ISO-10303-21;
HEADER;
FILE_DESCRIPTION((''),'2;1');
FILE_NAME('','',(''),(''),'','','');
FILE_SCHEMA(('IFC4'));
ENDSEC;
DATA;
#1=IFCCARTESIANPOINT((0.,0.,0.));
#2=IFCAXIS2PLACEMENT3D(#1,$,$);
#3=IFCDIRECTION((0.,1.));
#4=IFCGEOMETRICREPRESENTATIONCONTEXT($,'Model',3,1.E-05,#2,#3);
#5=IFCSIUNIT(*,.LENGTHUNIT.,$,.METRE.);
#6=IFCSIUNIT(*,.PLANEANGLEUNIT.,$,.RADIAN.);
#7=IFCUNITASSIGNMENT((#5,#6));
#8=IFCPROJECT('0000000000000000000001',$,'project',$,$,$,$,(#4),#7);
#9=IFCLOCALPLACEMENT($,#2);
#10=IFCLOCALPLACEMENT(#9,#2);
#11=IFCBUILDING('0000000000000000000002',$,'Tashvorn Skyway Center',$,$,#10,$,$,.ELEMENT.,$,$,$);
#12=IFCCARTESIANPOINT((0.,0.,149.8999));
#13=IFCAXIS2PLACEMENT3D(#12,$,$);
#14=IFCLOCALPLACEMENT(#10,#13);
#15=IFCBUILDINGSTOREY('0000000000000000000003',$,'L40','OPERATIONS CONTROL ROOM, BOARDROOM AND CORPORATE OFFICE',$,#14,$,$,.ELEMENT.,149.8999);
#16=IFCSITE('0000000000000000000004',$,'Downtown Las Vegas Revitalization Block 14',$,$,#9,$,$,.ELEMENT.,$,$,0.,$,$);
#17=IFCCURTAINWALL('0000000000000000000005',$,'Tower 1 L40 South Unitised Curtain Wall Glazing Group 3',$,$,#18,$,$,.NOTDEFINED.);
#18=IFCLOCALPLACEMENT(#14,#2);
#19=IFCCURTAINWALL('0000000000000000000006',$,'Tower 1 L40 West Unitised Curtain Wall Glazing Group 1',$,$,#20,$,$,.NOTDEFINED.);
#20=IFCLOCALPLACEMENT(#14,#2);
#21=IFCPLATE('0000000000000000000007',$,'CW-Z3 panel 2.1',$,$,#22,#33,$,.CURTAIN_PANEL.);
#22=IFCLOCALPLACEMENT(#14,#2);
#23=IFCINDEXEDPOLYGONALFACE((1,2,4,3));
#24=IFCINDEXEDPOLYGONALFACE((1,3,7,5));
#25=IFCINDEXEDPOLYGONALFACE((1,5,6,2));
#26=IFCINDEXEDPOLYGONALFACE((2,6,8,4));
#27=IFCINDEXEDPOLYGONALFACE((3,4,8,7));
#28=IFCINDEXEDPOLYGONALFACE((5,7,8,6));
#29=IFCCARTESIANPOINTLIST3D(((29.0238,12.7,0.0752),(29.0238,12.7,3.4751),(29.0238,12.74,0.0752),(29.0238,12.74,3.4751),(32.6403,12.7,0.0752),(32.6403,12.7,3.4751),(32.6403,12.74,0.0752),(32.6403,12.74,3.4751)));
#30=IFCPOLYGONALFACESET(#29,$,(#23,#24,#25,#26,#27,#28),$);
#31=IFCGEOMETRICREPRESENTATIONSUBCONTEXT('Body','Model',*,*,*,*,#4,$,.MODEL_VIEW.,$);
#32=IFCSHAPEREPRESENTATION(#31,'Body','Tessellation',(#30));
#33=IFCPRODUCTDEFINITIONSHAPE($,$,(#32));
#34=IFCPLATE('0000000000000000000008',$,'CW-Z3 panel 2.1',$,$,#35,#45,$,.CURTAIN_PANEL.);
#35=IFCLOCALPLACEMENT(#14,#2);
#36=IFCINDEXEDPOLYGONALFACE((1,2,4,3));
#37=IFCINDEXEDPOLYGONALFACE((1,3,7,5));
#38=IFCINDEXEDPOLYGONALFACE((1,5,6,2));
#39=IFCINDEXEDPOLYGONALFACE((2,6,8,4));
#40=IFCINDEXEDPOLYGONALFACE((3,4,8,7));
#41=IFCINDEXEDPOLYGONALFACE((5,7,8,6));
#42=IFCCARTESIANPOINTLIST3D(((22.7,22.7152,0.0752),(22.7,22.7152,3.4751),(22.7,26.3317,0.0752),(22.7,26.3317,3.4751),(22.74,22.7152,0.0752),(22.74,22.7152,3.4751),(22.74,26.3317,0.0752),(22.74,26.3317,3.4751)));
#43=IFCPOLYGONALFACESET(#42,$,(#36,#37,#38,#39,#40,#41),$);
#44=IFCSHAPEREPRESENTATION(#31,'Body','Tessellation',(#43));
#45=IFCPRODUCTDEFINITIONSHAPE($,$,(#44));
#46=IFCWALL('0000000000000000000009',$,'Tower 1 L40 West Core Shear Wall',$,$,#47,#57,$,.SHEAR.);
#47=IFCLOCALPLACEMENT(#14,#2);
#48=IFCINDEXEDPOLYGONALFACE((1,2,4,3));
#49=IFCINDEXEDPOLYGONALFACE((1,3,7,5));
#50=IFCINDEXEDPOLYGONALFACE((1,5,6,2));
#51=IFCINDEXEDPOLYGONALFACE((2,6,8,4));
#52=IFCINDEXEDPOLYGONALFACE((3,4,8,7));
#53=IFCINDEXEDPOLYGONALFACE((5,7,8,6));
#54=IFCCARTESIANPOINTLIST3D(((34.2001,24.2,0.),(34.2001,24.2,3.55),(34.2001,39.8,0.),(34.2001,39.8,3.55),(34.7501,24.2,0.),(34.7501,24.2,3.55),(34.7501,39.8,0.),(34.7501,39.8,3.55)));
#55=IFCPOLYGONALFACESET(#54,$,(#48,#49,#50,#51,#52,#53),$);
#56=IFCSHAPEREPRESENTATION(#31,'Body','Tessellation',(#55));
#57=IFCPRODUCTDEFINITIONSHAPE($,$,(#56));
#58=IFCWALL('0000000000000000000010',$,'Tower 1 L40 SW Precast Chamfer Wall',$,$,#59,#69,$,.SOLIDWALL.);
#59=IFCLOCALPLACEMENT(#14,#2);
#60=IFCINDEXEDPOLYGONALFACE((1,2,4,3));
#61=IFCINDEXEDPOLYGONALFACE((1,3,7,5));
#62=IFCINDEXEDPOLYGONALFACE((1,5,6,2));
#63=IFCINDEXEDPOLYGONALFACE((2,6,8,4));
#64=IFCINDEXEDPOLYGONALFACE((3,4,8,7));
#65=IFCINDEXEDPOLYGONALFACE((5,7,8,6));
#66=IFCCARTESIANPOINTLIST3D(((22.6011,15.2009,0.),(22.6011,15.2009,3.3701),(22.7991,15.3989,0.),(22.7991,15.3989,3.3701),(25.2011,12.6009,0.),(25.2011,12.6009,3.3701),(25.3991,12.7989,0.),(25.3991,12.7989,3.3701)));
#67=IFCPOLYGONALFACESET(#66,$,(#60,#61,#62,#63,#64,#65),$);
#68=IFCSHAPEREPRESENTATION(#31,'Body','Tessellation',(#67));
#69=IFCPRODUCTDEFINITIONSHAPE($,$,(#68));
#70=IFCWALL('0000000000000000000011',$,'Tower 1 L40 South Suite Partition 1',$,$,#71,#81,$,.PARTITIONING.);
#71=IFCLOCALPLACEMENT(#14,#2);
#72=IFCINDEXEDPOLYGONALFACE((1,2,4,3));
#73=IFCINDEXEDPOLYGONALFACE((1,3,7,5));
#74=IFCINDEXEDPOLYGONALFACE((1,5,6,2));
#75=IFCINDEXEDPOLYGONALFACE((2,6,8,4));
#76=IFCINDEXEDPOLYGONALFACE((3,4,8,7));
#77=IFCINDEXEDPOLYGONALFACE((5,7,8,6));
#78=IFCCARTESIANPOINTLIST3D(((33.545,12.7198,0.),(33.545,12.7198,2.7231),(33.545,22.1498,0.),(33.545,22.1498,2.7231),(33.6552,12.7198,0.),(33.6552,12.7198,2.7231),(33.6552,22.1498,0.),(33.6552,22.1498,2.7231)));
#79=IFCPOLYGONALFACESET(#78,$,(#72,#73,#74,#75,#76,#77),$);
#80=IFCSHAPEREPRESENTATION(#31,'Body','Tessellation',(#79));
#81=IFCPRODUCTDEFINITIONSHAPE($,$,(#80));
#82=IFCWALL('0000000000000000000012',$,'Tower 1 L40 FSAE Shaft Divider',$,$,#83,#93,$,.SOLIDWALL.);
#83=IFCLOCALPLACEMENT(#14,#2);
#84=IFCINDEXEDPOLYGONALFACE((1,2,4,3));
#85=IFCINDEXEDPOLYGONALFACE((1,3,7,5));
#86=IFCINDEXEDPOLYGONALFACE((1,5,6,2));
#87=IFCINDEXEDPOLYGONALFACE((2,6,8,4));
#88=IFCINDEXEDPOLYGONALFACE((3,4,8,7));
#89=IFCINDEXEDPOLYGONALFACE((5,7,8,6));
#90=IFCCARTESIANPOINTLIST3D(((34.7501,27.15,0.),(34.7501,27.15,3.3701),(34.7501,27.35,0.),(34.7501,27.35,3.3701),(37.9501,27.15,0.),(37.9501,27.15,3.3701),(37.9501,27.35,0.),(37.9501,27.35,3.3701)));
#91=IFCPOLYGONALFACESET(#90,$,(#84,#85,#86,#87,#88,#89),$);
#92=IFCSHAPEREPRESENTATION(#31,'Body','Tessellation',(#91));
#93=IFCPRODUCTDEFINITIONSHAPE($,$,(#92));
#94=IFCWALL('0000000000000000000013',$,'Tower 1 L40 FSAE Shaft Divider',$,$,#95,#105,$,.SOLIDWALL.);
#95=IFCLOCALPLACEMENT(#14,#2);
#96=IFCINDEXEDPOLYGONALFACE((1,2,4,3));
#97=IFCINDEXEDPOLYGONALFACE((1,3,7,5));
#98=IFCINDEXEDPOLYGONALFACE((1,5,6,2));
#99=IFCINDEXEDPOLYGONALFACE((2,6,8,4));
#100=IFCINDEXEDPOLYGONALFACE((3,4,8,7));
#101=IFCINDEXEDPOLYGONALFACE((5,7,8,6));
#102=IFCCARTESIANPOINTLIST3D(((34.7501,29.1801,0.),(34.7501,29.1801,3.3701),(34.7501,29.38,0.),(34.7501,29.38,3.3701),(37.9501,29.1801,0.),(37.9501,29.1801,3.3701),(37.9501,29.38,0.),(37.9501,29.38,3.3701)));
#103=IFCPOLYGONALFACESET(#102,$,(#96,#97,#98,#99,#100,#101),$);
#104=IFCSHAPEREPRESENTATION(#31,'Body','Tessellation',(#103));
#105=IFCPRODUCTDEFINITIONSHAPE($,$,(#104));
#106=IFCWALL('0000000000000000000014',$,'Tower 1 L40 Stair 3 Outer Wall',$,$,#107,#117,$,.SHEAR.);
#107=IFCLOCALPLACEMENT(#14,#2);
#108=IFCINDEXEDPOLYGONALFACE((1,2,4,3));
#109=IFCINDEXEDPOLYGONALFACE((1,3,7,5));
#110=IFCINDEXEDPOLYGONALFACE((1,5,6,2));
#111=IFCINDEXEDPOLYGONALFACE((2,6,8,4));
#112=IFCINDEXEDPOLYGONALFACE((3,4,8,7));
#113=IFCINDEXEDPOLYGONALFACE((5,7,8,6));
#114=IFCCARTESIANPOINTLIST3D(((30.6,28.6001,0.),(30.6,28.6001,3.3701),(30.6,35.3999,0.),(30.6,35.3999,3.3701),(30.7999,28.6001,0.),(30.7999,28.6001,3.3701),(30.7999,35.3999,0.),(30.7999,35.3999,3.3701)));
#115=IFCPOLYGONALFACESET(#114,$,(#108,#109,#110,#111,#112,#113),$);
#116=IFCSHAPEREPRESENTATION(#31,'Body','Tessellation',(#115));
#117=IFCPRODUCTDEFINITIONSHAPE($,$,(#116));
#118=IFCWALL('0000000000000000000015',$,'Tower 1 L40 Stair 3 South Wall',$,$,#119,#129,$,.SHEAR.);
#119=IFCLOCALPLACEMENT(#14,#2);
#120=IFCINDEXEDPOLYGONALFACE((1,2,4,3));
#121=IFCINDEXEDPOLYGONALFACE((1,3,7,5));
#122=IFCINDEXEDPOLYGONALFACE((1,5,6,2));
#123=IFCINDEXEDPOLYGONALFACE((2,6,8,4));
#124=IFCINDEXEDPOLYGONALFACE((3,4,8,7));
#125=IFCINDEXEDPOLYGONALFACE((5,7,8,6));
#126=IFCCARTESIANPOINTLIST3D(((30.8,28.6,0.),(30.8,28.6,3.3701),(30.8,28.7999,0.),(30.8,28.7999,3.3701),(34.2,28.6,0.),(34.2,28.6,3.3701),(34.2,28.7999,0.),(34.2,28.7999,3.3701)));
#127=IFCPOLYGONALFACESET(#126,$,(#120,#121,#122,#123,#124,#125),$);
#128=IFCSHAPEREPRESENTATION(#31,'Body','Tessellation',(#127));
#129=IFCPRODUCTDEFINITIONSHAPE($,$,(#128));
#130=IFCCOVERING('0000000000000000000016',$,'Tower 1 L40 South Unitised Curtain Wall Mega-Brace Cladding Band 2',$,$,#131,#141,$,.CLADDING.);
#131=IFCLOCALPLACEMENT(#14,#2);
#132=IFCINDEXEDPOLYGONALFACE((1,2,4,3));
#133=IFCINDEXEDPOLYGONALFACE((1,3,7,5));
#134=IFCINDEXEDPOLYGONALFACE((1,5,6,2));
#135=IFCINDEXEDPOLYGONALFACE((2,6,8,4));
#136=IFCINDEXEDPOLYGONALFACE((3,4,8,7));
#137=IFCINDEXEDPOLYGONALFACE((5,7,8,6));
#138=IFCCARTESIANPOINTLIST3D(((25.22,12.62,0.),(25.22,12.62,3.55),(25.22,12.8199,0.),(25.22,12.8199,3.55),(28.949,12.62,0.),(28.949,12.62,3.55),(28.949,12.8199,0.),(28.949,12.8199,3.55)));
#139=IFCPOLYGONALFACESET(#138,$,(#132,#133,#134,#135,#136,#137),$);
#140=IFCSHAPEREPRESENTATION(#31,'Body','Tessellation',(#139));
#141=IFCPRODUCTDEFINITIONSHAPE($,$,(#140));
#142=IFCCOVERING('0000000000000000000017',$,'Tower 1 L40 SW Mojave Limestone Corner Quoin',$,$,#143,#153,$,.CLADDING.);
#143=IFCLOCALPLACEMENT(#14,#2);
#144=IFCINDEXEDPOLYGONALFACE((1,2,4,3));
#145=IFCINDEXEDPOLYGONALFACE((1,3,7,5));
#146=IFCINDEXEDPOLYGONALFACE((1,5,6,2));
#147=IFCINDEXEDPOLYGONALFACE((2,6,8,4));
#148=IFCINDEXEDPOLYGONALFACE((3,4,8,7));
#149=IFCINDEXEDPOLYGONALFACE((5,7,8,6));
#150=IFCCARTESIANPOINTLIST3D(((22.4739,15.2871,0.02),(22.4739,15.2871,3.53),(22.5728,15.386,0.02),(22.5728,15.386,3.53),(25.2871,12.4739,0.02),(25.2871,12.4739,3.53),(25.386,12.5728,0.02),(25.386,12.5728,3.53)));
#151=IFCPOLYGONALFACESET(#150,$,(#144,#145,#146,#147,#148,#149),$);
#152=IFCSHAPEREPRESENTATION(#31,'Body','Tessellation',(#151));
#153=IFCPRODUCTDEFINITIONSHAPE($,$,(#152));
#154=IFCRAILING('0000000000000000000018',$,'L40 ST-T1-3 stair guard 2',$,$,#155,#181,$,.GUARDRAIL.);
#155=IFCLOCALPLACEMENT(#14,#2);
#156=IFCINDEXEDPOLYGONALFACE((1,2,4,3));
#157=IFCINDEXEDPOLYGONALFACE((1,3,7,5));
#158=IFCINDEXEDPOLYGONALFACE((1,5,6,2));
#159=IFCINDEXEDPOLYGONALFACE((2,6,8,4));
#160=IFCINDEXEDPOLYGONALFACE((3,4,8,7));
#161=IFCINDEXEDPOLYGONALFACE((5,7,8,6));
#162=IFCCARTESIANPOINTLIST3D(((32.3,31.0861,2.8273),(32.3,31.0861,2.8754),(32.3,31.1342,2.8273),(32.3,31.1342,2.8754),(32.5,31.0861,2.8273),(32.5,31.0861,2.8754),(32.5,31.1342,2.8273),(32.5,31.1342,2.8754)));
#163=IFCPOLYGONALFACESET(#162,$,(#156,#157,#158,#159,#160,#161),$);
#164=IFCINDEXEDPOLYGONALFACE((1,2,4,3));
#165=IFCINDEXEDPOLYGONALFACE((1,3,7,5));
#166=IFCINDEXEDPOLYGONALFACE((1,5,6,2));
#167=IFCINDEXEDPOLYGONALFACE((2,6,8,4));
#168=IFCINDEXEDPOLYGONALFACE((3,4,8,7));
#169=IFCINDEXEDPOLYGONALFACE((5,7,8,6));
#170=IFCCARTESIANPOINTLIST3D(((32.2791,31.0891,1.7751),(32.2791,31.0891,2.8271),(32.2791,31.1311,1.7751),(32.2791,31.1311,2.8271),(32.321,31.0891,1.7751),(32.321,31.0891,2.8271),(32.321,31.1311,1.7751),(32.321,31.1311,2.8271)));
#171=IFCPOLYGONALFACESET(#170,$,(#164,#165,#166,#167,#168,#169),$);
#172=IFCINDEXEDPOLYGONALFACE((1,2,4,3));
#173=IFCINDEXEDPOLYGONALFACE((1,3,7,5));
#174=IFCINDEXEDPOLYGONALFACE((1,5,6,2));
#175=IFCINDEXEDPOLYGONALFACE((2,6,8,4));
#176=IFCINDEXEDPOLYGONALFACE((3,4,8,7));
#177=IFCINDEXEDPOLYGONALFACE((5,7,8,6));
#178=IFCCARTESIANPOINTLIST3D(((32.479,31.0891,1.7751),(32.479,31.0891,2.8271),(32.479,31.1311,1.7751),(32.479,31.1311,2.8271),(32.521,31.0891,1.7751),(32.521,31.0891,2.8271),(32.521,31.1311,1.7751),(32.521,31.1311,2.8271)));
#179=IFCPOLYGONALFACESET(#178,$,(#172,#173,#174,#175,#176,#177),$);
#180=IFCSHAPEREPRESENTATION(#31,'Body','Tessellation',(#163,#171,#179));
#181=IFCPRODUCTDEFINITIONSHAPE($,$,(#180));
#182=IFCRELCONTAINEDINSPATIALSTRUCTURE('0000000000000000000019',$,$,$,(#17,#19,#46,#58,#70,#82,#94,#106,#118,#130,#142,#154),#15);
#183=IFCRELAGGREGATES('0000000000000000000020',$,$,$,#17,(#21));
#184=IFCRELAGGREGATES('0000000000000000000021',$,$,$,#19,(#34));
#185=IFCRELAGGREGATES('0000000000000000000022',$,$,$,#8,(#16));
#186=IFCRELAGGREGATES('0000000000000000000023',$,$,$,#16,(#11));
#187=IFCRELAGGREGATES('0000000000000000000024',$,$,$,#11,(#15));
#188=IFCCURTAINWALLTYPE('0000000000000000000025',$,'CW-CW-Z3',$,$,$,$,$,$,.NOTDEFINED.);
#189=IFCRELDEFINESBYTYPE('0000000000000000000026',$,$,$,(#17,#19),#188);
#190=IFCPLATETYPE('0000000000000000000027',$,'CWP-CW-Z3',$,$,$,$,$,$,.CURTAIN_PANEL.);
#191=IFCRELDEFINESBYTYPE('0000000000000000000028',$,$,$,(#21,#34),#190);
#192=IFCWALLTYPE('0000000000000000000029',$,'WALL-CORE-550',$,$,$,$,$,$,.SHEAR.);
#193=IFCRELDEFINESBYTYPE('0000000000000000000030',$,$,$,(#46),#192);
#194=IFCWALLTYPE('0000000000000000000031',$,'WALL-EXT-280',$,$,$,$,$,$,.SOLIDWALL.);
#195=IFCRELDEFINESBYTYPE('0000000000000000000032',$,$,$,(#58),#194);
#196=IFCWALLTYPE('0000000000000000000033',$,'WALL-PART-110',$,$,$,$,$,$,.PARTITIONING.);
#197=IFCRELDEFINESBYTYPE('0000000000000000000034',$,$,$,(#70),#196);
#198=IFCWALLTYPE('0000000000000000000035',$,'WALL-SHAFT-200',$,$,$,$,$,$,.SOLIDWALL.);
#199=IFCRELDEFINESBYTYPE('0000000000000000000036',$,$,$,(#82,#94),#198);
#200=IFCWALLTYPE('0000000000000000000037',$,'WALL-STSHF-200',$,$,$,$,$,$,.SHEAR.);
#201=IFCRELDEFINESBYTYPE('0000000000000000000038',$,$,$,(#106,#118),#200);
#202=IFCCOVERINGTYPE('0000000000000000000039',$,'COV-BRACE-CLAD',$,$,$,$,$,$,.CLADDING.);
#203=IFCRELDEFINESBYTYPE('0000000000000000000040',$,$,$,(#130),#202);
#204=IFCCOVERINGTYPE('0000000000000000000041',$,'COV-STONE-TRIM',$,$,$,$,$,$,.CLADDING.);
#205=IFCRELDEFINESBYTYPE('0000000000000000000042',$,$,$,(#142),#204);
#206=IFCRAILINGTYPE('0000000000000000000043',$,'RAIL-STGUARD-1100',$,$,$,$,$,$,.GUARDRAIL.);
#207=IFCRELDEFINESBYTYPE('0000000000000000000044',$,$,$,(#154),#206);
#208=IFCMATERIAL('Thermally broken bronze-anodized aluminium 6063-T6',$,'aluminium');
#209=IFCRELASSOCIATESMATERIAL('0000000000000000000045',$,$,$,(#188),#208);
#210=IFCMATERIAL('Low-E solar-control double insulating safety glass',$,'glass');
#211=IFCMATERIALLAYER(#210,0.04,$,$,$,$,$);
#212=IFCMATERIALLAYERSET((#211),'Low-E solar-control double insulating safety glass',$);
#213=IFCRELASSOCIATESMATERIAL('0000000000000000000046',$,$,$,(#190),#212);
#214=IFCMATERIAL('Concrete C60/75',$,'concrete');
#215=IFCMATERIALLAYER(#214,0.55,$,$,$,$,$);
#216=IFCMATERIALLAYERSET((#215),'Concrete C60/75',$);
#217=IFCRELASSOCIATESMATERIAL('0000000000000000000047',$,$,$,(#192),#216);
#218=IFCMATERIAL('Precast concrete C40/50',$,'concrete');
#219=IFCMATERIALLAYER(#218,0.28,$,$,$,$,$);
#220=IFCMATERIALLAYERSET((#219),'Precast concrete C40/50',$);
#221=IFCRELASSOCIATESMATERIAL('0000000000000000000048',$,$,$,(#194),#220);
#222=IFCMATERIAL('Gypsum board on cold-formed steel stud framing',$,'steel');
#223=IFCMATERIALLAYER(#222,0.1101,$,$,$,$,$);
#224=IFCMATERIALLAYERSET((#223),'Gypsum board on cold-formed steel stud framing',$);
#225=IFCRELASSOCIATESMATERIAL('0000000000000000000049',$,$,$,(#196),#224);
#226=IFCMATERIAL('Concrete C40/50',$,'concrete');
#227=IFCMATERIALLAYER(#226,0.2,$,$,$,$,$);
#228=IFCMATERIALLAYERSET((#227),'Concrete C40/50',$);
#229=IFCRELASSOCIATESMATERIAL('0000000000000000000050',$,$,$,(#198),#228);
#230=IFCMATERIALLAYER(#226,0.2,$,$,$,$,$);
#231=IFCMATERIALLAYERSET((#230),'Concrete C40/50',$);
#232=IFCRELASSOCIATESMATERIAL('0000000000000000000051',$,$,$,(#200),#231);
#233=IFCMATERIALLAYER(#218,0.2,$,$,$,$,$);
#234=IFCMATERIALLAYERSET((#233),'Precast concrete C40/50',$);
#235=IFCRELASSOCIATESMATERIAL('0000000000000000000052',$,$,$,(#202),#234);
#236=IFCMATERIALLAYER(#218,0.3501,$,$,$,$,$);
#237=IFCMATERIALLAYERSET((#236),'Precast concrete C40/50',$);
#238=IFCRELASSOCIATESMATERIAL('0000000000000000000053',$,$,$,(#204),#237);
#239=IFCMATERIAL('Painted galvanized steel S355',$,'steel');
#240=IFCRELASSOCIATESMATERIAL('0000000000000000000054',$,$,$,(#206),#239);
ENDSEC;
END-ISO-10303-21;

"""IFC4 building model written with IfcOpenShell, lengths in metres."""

from ifc_helpers import new_model, si_unit, direction, frame, frame_2d, origin, origin_2d, place, context, subcontext, project, spatial, rectangle, extrude, material, layer, layer_set, type_object, element, aggregate, save


model = new_model("IFC4")

# Units and contexts
model_context = context("Model", 3, precision=1e-05, world=origin(), true_north=direction((0.0, 1.0)))
body_context = subcontext(model_context, "Body", "Model", "MODEL_VIEW")
ifc_project = project(units=[si_unit("LENGTHUNIT", "METRE"), si_unit("PLANEANGLEUNIT", "RADIAN")], contexts=[model_context])

# Site, building, storey
site_placement = place(None, origin())
site = spatial("IfcSite", under=ifc_project, at=site_placement, Name="Downtown Las Vegas Revitalization Block 14", CompositionType="ELEMENT", RefElevation=0.0)
building_placement = place(site_placement, origin())
building = spatial("IfcBuilding", under=site, at=building_placement, Name="Tashvorn Skyway Center", CompositionType="ELEMENT")
storey_placement = place(building_placement, frame((0.0, 0.0, 149.8999)))
storey = spatial("IfcBuildingStorey", under=building, at=storey_placement, Name="L40", Description="OPERATIONS CONTROL ROOM, BOARDROOM AND CORPORATE OFFICE", CompositionType="ELEMENT", Elevation=149.8999)

# Shared definitions
ifc_material_1 = material(Name="Thermally broken bronze-anodized aluminium 6063-T6", Category="aluminium")
curtain_wall_type = type_object("IfcCurtainWallType", Name="CW-CW-Z3", PredefinedType="NOTDEFINED", material=ifc_material_1)

# Curtain wall
curtain_wall_1_placement = place(storey_placement, origin())
curtain_wall_1 = element("IfcCurtainWall", 1, at=curtain_wall_1_placement, inside=storey, type_object=curtain_wall_type, Name="Tower 1 L40 South Unitised Curtain Wall Glazing Group 3", PredefinedType="NOTDEFINED")

# Curtain wall
curtain_wall_2_placement = place(storey_placement, origin())
curtain_wall_2 = element("IfcCurtainWall", 2, at=curtain_wall_2_placement, inside=storey, type_object=curtain_wall_type, Name="Tower 1 L40 West Unitised Curtain Wall Glazing Group 1", PredefinedType="NOTDEFINED")

# Plates
ifc_material_2 = material(Name="Low-E solar-control double insulating safety glass", Category="glass")
ifc_layer_1 = layer(ifc_material_2, 0.04)
ifc_layer_set_1 = layer_set([ifc_layer_1], Name="Low-E solar-control double insulating safety glass")
plate_type = type_object("IfcPlateType", Name="CWP-CW-Z3", PredefinedType="CURTAIN_PANEL", material=ifc_layer_set_1)
plate_1_placement = place(storey_placement, frame((30.832, 12.72, 0.0752), z_axis=(0.0, 0.0, 1.0), x_axis=(-1.0, 0.0, 0.0)))
plate_1 = element("IfcPlate", 3, at=plate_1_placement, type_object=plate_type, Name="CW-Z3 panel 2.1", PredefinedType="CURTAIN_PANEL", context=body_context, shape_type="SweptSolid", body=[
    extrude(rectangle(XDim=3.6165, YDim=0.04, at=origin_2d()), origin(), (0.0, 0.0, 1.0), 3.3999),
])
aggregate(curtain_wall_1, [plate_1])
plate_2_placement = place(storey_placement, frame((22.72, 24.5234, 0.0752), z_axis=(0.0, 0.0, 1.0), x_axis=(0.0, 1.0, 0.0)))
plate_2 = element("IfcPlate", 4, at=plate_2_placement, type_object=plate_type, Name="CW-Z3 panel 2.1", PredefinedType="CURTAIN_PANEL", context=body_context, shape_type="SweptSolid", body=[
    extrude(rectangle(XDim=3.6165, YDim=0.04, at=origin_2d()), origin(), (0.0, 0.0, 1.0), 3.3999),
])
aggregate(curtain_wall_2, [plate_2])

# Walls
ifc_material_3 = material(Name="Concrete C60/75", Category="concrete")
ifc_layer_2 = layer(ifc_material_3, 0.55)
ifc_layer_set_2 = layer_set([ifc_layer_2], Name="Concrete C60/75")
wall_type_1 = type_object("IfcWallType", Name="WALL-CORE-550", PredefinedType="SHEAR", material=ifc_layer_set_2)
wall_1_placement = place(storey_placement, frame((34.4751, 24.2, 0.0), z_axis=(0.0, 0.0, 1.0), x_axis=(0.0, 1.0, 0.0)))
element("IfcWall", 5, at=wall_1_placement, inside=storey, type_object=wall_type_1, Name="Tower 1 L40 West Core Shear Wall", PredefinedType="SHEAR", context=body_context, shape_type="SweptSolid", body=[
    extrude(rectangle(XDim=15.6001, YDim=0.55, at=frame_2d((7.8, 0.0))), origin(), (0.0, 0.0, 1.0), 3.55),
])
ifc_material_4 = material(Name="Precast concrete C40/50", Category="concrete")
ifc_layer_3 = layer(ifc_material_4, 0.28)
ifc_layer_set_3 = layer_set([ifc_layer_3], Name="Precast concrete C40/50")
wall_type_2 = type_object("IfcWallType", Name="WALL-EXT-280", PredefinedType="SOLIDWALL", material=ifc_layer_set_3)
wall_2_placement = place(storey_placement, frame((25.3, 12.7, 0.0), z_axis=(0.0, 0.0, 1.0), x_axis=(-0.707107, 0.707107, 0.0)))
element("IfcWall", 6, at=wall_2_placement, inside=storey, type_object=wall_type_2, Name="Tower 1 L40 SW Precast Chamfer Wall", PredefinedType="SOLIDWALL", context=body_context, shape_type="SweptSolid", body=[
    extrude(rectangle(XDim=3.677, YDim=0.28, at=frame_2d((1.8384, 0.0))), origin(), (0.0, 0.0, 1.0), 3.3701),
])
ifc_material_5 = material(Name="Gypsum board on cold-formed steel stud framing", Category="steel")
ifc_layer_4 = layer(ifc_material_5, 0.1101)
ifc_layer_set_4 = layer_set([ifc_layer_4], Name="Gypsum board on cold-formed steel stud framing")
wall_type_3 = type_object("IfcWallType", Name="WALL-PART-110", PredefinedType="PARTITIONING", material=ifc_layer_set_4)
wall_3_placement = place(storey_placement, frame((33.6001, 12.72, 0.0), z_axis=(0.0, 0.0, 1.0), x_axis=(0.0, 1.0, 0.0)))
element("IfcWall", 7, at=wall_3_placement, inside=storey, type_object=wall_type_3, Name="Tower 1 L40 South Suite Partition 1", PredefinedType="PARTITIONING", context=body_context, shape_type="SweptSolid", body=[
    extrude(rectangle(XDim=9.4299, YDim=0.1101, at=frame_2d((4.7148, 0.0))), origin(), (0.0, 0.0, 1.0), 2.7231),
])
ifc_material_6 = material(Name="Concrete C40/50", Category="concrete")
ifc_layer_5 = layer(ifc_material_6, 0.2)
ifc_layer_set_5 = layer_set([ifc_layer_5], Name="Concrete C40/50")
wall_type_4 = type_object("IfcWallType", Name="WALL-SHAFT-200", PredefinedType="SOLIDWALL", material=ifc_layer_set_5)
for number, where, z_axis, x_axis, name in (
    (8, (34.75, 27.25, 0.0), (0.0, 0.0, 1.0), (1.0, 0.0, 0.0), "Tower 1 L40 FSAE Shaft Divider"),
    (9, (34.75, 29.28, 0.0), (0.0, 0.0, 1.0), (1.0, 0.0, 0.0), "Tower 1 L40 FSAE Shaft Divider"),
):
    element("IfcWall", number, at=place(storey_placement, frame(where, z_axis=z_axis, x_axis=x_axis)), inside=storey, type_object=wall_type_4, Name=name, PredefinedType="SOLIDWALL", context=body_context, shape_type="SweptSolid", body=[
        extrude(rectangle(XDim=3.2, YDim=0.2, at=frame_2d((1.6001, 0.0))), origin(), (0.0, 0.0, 1.0), 3.3701),
    ])
ifc_layer_6 = layer(ifc_material_6, 0.2)
ifc_layer_set_6 = layer_set([ifc_layer_6], Name="Concrete C40/50")
wall_type_5 = type_object("IfcWallType", Name="WALL-STSHF-200", PredefinedType="SHEAR", material=ifc_layer_set_6)
wall_4_placement = place(storey_placement, frame((30.7, 28.6001, 0.0), z_axis=(0.0, 0.0, 1.0), x_axis=(0.0, 1.0, 0.0)))
element("IfcWall", 10, at=wall_4_placement, inside=storey, type_object=wall_type_5, Name="Tower 1 L40 Stair 3 Outer Wall", PredefinedType="SHEAR", context=body_context, shape_type="SweptSolid", body=[
    extrude(rectangle(XDim=6.7998, YDim=0.2, at=frame_2d((3.3999, 0.0))), origin(), (0.0, 0.0, 1.0), 3.3701),
])
wall_5_placement = place(storey_placement, frame((30.8, 28.7, 0.0), z_axis=(0.0, 0.0, 1.0), x_axis=(1.0, 0.0, 0.0)))
element("IfcWall", 11, at=wall_5_placement, inside=storey, type_object=wall_type_5, Name="Tower 1 L40 Stair 3 South Wall", PredefinedType="SHEAR", context=body_context, shape_type="SweptSolid", body=[
    extrude(rectangle(XDim=3.3999, YDim=0.2, at=frame_2d((1.7, 0.0))), origin(), (0.0, 0.0, 1.0), 3.3701),
])

# Coverings
ifc_layer_7 = layer(ifc_material_4, 0.2)
ifc_layer_set_7 = layer_set([ifc_layer_7], Name="Precast concrete C40/50")
covering_type_1 = type_object("IfcCoveringType", Name="COV-BRACE-CLAD", PredefinedType="CLADDING", material=ifc_layer_set_7)
covering_1_placement = place(storey_placement, frame((27.0845, 12.72, 0.0), z_axis=(0.0, 0.0, 1.0), x_axis=(-1.0, 0.0, 0.0)))
element("IfcCovering", 12, at=covering_1_placement, inside=storey, type_object=covering_type_1, Name="Tower 1 L40 South Unitised Curtain Wall Mega-Brace Cladding Band 2", PredefinedType="CLADDING", context=body_context, shape_type="SweptSolid", body=[
    extrude(rectangle(XDim=3.729, YDim=0.2, at=origin_2d()), origin(), (0.0, 0.0, 1.0), 3.55),
])
ifc_layer_8 = layer(ifc_material_4, 0.3501)
ifc_layer_set_8 = layer_set([ifc_layer_8], Name="Precast concrete C40/50")
covering_type_2 = type_object("IfcCoveringType", Name="COV-STONE-TRIM", PredefinedType="CLADDING", material=ifc_layer_set_8)
covering_2_placement = place(storey_placement, frame((23.9299, 13.9299, 0.02), z_axis=(0.0, 0.0, 1.0), x_axis=(-0.707107, 0.707107, 0.0)))
element("IfcCovering", 13, at=covering_2_placement, inside=storey, type_object=covering_type_2, Name="Tower 1 L40 SW Mojave Limestone Corner Quoin", PredefinedType="CLADDING", context=body_context, shape_type="SweptSolid", body=[
    extrude(rectangle(XDim=3.9785, YDim=0.1399, at=origin_2d()), origin(), (0.0, 0.0, 1.0), 3.51),
])

# Railing
ifc_material_7 = material(Name="Painted galvanized steel S355", Category="steel")
railing_type = type_object("IfcRailingType", Name="RAIL-STGUARD-1100", PredefinedType="GUARDRAIL", material=ifc_material_7)
railing_placement = place(storey_placement, frame((32.3, 31.1101, 1.7751)))
element("IfcRailing", 14, at=railing_placement, inside=storey, type_object=railing_type, Name="L40 ST-T1-3 stair guard 2", PredefinedType="GUARDRAIL", context=body_context, shape_type="SweptSolid", body=[
    extrude(rectangle(XDim=0.0481, YDim=0.0481, at=origin_2d()), frame((0.0, 0.0, 1.0762), z_axis=(1.0, 0.0, 0.0), x_axis=(0.0, 1.0, 0.0)), (0.0, 0.0, 1.0), 0.2),
    extrude(rectangle(XDim=0.042, YDim=0.042, at=origin_2d()), origin(), (0.0, 0.0, 1.0), 1.052),
    extrude(rectangle(XDim=0.042, YDim=0.042, at=origin_2d()), frame((0.2, 0.0, 0.0)), (0.0, 0.0, 1.0), 1.052),
])

save(model, "model.ifc")
